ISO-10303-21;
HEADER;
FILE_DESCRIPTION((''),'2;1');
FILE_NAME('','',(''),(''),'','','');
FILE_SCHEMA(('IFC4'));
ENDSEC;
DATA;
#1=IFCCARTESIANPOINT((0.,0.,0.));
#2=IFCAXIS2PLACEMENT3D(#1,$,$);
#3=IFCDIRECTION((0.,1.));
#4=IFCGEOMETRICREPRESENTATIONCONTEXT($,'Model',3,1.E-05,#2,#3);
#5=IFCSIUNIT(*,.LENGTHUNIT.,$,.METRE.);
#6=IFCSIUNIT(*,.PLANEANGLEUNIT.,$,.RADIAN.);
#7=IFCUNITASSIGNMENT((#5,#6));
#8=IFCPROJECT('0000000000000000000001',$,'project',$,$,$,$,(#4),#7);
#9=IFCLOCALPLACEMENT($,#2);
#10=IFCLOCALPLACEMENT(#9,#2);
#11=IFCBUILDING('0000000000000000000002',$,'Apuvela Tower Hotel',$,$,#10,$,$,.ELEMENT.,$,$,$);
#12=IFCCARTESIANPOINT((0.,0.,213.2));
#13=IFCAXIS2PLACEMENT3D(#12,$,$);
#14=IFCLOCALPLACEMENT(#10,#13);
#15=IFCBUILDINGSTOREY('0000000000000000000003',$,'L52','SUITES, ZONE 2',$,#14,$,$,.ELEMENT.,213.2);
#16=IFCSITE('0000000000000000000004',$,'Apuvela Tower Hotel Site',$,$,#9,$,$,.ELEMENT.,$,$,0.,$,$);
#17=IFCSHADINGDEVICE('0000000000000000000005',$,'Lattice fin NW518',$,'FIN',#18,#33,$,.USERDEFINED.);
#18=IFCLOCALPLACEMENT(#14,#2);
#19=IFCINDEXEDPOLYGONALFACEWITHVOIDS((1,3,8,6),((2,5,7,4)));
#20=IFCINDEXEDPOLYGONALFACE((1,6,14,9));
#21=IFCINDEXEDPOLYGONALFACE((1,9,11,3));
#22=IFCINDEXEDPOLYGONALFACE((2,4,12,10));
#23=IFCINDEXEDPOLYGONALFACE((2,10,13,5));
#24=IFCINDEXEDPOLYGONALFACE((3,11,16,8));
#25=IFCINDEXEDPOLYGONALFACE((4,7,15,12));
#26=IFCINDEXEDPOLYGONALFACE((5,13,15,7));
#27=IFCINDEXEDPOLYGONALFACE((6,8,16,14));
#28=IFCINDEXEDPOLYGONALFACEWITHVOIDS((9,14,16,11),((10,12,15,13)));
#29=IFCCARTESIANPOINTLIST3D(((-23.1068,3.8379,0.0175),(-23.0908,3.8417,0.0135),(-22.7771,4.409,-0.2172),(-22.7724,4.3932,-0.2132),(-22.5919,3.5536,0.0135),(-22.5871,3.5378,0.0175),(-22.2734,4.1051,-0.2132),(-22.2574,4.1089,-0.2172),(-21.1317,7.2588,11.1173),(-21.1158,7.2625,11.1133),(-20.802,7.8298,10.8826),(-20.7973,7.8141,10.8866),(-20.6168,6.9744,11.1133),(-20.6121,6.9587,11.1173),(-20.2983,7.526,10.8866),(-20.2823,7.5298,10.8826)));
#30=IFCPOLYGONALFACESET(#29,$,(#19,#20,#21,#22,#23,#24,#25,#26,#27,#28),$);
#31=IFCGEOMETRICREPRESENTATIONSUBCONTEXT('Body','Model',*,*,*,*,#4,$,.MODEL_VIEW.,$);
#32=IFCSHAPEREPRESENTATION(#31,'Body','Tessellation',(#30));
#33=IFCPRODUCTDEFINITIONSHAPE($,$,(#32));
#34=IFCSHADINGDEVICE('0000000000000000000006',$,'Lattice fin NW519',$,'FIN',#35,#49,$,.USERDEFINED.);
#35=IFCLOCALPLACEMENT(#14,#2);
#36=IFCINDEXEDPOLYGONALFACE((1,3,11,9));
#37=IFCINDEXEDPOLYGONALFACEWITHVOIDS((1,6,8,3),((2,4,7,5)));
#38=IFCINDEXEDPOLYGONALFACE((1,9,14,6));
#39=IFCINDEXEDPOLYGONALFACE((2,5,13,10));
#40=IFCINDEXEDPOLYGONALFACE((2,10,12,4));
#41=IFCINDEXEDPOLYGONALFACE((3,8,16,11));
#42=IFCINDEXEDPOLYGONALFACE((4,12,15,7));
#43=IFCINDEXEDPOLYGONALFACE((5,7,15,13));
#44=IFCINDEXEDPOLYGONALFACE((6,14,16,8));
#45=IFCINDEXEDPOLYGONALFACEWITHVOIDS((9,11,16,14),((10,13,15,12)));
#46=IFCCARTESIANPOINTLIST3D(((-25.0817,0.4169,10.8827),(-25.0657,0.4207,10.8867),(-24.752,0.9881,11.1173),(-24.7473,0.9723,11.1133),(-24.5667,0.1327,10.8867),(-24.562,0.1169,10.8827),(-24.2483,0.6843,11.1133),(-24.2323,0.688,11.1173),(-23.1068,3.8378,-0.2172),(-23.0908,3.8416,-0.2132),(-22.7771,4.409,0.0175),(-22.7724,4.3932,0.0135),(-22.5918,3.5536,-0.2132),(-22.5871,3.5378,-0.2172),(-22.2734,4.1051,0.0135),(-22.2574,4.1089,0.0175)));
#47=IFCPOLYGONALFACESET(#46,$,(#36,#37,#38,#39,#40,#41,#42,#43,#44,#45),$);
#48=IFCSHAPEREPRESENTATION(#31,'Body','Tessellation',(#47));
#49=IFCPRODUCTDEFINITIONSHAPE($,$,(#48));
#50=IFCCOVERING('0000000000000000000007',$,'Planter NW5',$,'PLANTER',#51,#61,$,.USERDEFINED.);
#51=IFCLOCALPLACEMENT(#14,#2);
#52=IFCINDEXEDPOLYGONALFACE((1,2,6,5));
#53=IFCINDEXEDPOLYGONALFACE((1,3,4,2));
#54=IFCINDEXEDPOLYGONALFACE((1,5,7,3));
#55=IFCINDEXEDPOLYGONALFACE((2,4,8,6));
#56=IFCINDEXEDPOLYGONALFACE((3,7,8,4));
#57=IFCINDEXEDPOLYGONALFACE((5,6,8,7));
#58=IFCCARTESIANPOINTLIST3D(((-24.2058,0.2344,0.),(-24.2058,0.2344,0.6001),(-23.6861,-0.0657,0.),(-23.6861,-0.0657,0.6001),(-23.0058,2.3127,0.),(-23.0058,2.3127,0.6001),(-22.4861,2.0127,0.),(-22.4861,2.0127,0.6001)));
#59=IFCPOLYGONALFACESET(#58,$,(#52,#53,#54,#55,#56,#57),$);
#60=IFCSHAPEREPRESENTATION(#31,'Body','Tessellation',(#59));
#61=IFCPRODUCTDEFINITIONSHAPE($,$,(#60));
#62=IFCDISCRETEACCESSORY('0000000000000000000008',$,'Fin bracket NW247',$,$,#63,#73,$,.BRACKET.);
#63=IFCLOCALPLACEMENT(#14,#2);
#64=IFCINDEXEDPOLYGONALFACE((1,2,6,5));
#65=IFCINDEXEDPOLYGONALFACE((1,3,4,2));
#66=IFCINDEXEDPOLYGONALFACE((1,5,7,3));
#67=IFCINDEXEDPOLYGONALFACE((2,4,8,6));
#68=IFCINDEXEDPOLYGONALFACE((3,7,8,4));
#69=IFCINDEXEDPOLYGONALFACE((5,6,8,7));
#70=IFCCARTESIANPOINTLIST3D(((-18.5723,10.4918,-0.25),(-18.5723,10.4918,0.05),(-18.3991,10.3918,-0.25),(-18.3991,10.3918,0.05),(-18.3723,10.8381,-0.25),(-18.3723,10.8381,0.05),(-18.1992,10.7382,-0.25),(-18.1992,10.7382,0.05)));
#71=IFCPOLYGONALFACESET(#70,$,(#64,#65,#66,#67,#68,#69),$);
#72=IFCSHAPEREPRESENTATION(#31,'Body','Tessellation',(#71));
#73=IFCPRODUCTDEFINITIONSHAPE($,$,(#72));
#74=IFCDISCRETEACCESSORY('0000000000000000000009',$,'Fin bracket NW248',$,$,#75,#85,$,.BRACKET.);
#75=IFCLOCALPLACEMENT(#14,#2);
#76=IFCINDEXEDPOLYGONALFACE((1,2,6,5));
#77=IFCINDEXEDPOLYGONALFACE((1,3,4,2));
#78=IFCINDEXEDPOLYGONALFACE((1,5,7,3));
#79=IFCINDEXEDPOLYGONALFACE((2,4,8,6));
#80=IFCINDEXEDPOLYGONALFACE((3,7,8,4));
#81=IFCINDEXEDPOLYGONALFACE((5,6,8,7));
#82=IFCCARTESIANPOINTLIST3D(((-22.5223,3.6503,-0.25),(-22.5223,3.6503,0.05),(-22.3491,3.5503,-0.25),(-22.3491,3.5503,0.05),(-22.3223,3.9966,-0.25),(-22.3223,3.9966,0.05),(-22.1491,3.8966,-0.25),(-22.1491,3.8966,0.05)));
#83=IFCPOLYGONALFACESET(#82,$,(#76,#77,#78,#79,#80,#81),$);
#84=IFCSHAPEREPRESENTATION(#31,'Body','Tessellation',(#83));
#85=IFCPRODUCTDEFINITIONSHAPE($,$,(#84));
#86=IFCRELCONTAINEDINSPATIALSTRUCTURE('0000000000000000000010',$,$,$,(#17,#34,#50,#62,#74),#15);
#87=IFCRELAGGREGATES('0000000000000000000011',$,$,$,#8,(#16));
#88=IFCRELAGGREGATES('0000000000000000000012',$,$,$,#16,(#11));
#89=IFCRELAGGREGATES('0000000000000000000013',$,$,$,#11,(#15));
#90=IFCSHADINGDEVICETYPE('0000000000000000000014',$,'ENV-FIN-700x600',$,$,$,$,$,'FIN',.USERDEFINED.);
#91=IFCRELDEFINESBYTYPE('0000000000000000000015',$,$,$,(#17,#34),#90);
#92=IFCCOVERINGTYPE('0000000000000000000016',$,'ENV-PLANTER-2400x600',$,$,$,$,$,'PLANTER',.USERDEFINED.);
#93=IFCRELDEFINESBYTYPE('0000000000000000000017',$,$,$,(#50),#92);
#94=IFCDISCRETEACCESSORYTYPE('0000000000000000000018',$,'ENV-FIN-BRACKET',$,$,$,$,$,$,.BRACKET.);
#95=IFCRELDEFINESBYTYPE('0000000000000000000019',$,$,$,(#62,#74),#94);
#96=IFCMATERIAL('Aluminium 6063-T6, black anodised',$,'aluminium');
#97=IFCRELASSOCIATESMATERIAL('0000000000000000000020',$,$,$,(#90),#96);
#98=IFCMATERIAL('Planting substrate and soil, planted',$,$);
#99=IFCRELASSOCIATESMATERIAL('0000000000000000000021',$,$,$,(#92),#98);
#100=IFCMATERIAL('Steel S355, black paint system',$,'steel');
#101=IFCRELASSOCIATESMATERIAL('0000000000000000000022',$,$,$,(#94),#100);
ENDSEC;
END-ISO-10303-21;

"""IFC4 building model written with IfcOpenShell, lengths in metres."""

from ifc_helpers import new_model, si_unit, direction, frame, origin, origin_2d, place, context, subcontext, project, spatial, rectangle, hollow_rectangle, extrude, material, material_profile, profile_set, type_object, element, save


model = new_model("IFC4")

# Units and contexts
model_context = context("Model", 3, precision=1e-05, world=origin(), true_north=direction((0.0, 1.0)))
body_context = subcontext(model_context, "Body", "Model", "MODEL_VIEW")
ifc_project = project(units=[si_unit("LENGTHUNIT", "METRE"), si_unit("PLANEANGLEUNIT", "RADIAN")], contexts=[model_context])

# Site, building, storey
site_placement = place(None, origin())
site = spatial("IfcSite", under=ifc_project, at=site_placement, Name="Apuvela Tower Hotel Site", CompositionType="ELEMENT", RefElevation=0.0)
building_placement = place(site_placement, origin())
building = spatial("IfcBuilding", under=site, at=building_placement, Name="Apuvela Tower Hotel", CompositionType="ELEMENT")
storey_placement = place(building_placement, frame((0.0, 0.0, 213.2)))
storey = spatial("IfcBuildingStorey", under=building, at=storey_placement, Name="L52", Description="SUITES, ZONE 2", CompositionType="ELEMENT", Elevation=213.2)

# Shading devices
ifc_material_1 = material(Name="Aluminium 6063-T6, black anodised", Category="aluminium")
ifc_material_profile_1 = material_profile(ifc_material_1, hollow_rectangle(XDim=0.6001, YDim=0.7, WallThickness=0.012, at=origin_2d()), Name="AL BOX 700x600x12")
ifc_profile_set_1 = profile_set([ifc_material_profile_1], Name="Aluminium 6063-T6, black anodised")
shading_device_type = type_object("IfcShadingDeviceType", Name="ENV-FIN-700x600", ElementType="FIN", PredefinedType="USERDEFINED", material=ifc_profile_set_1)
for number, where, z_axis, x_axis, name in (
    (1, (-22.6821, 3.9734, -0.0999), (0.16764, 0.290355, 0.94212), (-0.866021, 0.500008, 0.0), "Lattice fin NW518"),
    (2, (-22.6821, 3.9734, -0.0999), (-0.16762, -0.290356, 0.942124), (0.866048, -0.499961, 0.0), "Lattice fin NW519"),
):
    element("IfcShadingDevice", number, at=place(storey_placement, frame(where, z_axis=z_axis, x_axis=x_axis)), inside=storey, type_object=shading_device_type, Name=name, ObjectType="FIN", PredefinedType="USERDEFINED", context=body_context, shape_type="SweptSolid", body=[
        extrude(hollow_rectangle(XDim=0.6001, YDim=0.7, WallThickness=0.012, at=origin_2d()), origin(), (0.0, 0.0, 1.0), 11.7817),
    ])

# Covering
ifc_material_2 = material(Name="Planting substrate and soil, planted")
covering_type = type_object("IfcCoveringType", Name="ENV-PLANTER-2400x600", ElementType="PLANTER", PredefinedType="USERDEFINED", material=ifc_material_2)
covering_placement = place(storey_placement, frame((-23.3459, 1.1235, 0.0), z_axis=(0.0, 0.0, 1.0), x_axis=(-0.5, -0.866025, 0.0)))
element("IfcCovering", 3, at=covering_placement, inside=storey, type_object=covering_type, Name="Planter NW5", ObjectType="PLANTER", PredefinedType="USERDEFINED", context=body_context, shape_type="SweptSolid", body=[
    extrude(rectangle(XDim=2.3999, YDim=0.6001, at=origin_2d()), origin(), (0.0, 0.0, 1.0), 0.6001),
])

# Discrete accessories
ifc_material_3 = material(Name="Steel S355, black paint system", Category="steel")
discrete_accessory_type = type_object("IfcDiscreteAccessoryType", Name="ENV-FIN-BRACKET", PredefinedType="BRACKET", material=ifc_material_3)
for number, where, z_axis, x_axis, name in (
    (4, (-18.3857, 10.615, -0.25), (0.0, 0.0, 1.0), (-0.5, -0.866025, 0.0), "Fin bracket NW247"),
    (5, (-22.3357, 3.7734, -0.25), (0.0, 0.0, 1.0), (-0.5, -0.866025, 0.0), "Fin bracket NW248"),
):
    element("IfcDiscreteAccessory", number, at=place(storey_placement, frame(where, z_axis=z_axis, x_axis=x_axis)), inside=storey, type_object=discrete_accessory_type, Name=name, PredefinedType="BRACKET", context=body_context, shape_type="SweptSolid", body=[
        extrude(rectangle(XDim=0.3999, YDim=0.2, at=origin_2d()), origin(), (0.0, 0.0, 1.0), 0.3),
    ])

save(model, "model.ifc")
